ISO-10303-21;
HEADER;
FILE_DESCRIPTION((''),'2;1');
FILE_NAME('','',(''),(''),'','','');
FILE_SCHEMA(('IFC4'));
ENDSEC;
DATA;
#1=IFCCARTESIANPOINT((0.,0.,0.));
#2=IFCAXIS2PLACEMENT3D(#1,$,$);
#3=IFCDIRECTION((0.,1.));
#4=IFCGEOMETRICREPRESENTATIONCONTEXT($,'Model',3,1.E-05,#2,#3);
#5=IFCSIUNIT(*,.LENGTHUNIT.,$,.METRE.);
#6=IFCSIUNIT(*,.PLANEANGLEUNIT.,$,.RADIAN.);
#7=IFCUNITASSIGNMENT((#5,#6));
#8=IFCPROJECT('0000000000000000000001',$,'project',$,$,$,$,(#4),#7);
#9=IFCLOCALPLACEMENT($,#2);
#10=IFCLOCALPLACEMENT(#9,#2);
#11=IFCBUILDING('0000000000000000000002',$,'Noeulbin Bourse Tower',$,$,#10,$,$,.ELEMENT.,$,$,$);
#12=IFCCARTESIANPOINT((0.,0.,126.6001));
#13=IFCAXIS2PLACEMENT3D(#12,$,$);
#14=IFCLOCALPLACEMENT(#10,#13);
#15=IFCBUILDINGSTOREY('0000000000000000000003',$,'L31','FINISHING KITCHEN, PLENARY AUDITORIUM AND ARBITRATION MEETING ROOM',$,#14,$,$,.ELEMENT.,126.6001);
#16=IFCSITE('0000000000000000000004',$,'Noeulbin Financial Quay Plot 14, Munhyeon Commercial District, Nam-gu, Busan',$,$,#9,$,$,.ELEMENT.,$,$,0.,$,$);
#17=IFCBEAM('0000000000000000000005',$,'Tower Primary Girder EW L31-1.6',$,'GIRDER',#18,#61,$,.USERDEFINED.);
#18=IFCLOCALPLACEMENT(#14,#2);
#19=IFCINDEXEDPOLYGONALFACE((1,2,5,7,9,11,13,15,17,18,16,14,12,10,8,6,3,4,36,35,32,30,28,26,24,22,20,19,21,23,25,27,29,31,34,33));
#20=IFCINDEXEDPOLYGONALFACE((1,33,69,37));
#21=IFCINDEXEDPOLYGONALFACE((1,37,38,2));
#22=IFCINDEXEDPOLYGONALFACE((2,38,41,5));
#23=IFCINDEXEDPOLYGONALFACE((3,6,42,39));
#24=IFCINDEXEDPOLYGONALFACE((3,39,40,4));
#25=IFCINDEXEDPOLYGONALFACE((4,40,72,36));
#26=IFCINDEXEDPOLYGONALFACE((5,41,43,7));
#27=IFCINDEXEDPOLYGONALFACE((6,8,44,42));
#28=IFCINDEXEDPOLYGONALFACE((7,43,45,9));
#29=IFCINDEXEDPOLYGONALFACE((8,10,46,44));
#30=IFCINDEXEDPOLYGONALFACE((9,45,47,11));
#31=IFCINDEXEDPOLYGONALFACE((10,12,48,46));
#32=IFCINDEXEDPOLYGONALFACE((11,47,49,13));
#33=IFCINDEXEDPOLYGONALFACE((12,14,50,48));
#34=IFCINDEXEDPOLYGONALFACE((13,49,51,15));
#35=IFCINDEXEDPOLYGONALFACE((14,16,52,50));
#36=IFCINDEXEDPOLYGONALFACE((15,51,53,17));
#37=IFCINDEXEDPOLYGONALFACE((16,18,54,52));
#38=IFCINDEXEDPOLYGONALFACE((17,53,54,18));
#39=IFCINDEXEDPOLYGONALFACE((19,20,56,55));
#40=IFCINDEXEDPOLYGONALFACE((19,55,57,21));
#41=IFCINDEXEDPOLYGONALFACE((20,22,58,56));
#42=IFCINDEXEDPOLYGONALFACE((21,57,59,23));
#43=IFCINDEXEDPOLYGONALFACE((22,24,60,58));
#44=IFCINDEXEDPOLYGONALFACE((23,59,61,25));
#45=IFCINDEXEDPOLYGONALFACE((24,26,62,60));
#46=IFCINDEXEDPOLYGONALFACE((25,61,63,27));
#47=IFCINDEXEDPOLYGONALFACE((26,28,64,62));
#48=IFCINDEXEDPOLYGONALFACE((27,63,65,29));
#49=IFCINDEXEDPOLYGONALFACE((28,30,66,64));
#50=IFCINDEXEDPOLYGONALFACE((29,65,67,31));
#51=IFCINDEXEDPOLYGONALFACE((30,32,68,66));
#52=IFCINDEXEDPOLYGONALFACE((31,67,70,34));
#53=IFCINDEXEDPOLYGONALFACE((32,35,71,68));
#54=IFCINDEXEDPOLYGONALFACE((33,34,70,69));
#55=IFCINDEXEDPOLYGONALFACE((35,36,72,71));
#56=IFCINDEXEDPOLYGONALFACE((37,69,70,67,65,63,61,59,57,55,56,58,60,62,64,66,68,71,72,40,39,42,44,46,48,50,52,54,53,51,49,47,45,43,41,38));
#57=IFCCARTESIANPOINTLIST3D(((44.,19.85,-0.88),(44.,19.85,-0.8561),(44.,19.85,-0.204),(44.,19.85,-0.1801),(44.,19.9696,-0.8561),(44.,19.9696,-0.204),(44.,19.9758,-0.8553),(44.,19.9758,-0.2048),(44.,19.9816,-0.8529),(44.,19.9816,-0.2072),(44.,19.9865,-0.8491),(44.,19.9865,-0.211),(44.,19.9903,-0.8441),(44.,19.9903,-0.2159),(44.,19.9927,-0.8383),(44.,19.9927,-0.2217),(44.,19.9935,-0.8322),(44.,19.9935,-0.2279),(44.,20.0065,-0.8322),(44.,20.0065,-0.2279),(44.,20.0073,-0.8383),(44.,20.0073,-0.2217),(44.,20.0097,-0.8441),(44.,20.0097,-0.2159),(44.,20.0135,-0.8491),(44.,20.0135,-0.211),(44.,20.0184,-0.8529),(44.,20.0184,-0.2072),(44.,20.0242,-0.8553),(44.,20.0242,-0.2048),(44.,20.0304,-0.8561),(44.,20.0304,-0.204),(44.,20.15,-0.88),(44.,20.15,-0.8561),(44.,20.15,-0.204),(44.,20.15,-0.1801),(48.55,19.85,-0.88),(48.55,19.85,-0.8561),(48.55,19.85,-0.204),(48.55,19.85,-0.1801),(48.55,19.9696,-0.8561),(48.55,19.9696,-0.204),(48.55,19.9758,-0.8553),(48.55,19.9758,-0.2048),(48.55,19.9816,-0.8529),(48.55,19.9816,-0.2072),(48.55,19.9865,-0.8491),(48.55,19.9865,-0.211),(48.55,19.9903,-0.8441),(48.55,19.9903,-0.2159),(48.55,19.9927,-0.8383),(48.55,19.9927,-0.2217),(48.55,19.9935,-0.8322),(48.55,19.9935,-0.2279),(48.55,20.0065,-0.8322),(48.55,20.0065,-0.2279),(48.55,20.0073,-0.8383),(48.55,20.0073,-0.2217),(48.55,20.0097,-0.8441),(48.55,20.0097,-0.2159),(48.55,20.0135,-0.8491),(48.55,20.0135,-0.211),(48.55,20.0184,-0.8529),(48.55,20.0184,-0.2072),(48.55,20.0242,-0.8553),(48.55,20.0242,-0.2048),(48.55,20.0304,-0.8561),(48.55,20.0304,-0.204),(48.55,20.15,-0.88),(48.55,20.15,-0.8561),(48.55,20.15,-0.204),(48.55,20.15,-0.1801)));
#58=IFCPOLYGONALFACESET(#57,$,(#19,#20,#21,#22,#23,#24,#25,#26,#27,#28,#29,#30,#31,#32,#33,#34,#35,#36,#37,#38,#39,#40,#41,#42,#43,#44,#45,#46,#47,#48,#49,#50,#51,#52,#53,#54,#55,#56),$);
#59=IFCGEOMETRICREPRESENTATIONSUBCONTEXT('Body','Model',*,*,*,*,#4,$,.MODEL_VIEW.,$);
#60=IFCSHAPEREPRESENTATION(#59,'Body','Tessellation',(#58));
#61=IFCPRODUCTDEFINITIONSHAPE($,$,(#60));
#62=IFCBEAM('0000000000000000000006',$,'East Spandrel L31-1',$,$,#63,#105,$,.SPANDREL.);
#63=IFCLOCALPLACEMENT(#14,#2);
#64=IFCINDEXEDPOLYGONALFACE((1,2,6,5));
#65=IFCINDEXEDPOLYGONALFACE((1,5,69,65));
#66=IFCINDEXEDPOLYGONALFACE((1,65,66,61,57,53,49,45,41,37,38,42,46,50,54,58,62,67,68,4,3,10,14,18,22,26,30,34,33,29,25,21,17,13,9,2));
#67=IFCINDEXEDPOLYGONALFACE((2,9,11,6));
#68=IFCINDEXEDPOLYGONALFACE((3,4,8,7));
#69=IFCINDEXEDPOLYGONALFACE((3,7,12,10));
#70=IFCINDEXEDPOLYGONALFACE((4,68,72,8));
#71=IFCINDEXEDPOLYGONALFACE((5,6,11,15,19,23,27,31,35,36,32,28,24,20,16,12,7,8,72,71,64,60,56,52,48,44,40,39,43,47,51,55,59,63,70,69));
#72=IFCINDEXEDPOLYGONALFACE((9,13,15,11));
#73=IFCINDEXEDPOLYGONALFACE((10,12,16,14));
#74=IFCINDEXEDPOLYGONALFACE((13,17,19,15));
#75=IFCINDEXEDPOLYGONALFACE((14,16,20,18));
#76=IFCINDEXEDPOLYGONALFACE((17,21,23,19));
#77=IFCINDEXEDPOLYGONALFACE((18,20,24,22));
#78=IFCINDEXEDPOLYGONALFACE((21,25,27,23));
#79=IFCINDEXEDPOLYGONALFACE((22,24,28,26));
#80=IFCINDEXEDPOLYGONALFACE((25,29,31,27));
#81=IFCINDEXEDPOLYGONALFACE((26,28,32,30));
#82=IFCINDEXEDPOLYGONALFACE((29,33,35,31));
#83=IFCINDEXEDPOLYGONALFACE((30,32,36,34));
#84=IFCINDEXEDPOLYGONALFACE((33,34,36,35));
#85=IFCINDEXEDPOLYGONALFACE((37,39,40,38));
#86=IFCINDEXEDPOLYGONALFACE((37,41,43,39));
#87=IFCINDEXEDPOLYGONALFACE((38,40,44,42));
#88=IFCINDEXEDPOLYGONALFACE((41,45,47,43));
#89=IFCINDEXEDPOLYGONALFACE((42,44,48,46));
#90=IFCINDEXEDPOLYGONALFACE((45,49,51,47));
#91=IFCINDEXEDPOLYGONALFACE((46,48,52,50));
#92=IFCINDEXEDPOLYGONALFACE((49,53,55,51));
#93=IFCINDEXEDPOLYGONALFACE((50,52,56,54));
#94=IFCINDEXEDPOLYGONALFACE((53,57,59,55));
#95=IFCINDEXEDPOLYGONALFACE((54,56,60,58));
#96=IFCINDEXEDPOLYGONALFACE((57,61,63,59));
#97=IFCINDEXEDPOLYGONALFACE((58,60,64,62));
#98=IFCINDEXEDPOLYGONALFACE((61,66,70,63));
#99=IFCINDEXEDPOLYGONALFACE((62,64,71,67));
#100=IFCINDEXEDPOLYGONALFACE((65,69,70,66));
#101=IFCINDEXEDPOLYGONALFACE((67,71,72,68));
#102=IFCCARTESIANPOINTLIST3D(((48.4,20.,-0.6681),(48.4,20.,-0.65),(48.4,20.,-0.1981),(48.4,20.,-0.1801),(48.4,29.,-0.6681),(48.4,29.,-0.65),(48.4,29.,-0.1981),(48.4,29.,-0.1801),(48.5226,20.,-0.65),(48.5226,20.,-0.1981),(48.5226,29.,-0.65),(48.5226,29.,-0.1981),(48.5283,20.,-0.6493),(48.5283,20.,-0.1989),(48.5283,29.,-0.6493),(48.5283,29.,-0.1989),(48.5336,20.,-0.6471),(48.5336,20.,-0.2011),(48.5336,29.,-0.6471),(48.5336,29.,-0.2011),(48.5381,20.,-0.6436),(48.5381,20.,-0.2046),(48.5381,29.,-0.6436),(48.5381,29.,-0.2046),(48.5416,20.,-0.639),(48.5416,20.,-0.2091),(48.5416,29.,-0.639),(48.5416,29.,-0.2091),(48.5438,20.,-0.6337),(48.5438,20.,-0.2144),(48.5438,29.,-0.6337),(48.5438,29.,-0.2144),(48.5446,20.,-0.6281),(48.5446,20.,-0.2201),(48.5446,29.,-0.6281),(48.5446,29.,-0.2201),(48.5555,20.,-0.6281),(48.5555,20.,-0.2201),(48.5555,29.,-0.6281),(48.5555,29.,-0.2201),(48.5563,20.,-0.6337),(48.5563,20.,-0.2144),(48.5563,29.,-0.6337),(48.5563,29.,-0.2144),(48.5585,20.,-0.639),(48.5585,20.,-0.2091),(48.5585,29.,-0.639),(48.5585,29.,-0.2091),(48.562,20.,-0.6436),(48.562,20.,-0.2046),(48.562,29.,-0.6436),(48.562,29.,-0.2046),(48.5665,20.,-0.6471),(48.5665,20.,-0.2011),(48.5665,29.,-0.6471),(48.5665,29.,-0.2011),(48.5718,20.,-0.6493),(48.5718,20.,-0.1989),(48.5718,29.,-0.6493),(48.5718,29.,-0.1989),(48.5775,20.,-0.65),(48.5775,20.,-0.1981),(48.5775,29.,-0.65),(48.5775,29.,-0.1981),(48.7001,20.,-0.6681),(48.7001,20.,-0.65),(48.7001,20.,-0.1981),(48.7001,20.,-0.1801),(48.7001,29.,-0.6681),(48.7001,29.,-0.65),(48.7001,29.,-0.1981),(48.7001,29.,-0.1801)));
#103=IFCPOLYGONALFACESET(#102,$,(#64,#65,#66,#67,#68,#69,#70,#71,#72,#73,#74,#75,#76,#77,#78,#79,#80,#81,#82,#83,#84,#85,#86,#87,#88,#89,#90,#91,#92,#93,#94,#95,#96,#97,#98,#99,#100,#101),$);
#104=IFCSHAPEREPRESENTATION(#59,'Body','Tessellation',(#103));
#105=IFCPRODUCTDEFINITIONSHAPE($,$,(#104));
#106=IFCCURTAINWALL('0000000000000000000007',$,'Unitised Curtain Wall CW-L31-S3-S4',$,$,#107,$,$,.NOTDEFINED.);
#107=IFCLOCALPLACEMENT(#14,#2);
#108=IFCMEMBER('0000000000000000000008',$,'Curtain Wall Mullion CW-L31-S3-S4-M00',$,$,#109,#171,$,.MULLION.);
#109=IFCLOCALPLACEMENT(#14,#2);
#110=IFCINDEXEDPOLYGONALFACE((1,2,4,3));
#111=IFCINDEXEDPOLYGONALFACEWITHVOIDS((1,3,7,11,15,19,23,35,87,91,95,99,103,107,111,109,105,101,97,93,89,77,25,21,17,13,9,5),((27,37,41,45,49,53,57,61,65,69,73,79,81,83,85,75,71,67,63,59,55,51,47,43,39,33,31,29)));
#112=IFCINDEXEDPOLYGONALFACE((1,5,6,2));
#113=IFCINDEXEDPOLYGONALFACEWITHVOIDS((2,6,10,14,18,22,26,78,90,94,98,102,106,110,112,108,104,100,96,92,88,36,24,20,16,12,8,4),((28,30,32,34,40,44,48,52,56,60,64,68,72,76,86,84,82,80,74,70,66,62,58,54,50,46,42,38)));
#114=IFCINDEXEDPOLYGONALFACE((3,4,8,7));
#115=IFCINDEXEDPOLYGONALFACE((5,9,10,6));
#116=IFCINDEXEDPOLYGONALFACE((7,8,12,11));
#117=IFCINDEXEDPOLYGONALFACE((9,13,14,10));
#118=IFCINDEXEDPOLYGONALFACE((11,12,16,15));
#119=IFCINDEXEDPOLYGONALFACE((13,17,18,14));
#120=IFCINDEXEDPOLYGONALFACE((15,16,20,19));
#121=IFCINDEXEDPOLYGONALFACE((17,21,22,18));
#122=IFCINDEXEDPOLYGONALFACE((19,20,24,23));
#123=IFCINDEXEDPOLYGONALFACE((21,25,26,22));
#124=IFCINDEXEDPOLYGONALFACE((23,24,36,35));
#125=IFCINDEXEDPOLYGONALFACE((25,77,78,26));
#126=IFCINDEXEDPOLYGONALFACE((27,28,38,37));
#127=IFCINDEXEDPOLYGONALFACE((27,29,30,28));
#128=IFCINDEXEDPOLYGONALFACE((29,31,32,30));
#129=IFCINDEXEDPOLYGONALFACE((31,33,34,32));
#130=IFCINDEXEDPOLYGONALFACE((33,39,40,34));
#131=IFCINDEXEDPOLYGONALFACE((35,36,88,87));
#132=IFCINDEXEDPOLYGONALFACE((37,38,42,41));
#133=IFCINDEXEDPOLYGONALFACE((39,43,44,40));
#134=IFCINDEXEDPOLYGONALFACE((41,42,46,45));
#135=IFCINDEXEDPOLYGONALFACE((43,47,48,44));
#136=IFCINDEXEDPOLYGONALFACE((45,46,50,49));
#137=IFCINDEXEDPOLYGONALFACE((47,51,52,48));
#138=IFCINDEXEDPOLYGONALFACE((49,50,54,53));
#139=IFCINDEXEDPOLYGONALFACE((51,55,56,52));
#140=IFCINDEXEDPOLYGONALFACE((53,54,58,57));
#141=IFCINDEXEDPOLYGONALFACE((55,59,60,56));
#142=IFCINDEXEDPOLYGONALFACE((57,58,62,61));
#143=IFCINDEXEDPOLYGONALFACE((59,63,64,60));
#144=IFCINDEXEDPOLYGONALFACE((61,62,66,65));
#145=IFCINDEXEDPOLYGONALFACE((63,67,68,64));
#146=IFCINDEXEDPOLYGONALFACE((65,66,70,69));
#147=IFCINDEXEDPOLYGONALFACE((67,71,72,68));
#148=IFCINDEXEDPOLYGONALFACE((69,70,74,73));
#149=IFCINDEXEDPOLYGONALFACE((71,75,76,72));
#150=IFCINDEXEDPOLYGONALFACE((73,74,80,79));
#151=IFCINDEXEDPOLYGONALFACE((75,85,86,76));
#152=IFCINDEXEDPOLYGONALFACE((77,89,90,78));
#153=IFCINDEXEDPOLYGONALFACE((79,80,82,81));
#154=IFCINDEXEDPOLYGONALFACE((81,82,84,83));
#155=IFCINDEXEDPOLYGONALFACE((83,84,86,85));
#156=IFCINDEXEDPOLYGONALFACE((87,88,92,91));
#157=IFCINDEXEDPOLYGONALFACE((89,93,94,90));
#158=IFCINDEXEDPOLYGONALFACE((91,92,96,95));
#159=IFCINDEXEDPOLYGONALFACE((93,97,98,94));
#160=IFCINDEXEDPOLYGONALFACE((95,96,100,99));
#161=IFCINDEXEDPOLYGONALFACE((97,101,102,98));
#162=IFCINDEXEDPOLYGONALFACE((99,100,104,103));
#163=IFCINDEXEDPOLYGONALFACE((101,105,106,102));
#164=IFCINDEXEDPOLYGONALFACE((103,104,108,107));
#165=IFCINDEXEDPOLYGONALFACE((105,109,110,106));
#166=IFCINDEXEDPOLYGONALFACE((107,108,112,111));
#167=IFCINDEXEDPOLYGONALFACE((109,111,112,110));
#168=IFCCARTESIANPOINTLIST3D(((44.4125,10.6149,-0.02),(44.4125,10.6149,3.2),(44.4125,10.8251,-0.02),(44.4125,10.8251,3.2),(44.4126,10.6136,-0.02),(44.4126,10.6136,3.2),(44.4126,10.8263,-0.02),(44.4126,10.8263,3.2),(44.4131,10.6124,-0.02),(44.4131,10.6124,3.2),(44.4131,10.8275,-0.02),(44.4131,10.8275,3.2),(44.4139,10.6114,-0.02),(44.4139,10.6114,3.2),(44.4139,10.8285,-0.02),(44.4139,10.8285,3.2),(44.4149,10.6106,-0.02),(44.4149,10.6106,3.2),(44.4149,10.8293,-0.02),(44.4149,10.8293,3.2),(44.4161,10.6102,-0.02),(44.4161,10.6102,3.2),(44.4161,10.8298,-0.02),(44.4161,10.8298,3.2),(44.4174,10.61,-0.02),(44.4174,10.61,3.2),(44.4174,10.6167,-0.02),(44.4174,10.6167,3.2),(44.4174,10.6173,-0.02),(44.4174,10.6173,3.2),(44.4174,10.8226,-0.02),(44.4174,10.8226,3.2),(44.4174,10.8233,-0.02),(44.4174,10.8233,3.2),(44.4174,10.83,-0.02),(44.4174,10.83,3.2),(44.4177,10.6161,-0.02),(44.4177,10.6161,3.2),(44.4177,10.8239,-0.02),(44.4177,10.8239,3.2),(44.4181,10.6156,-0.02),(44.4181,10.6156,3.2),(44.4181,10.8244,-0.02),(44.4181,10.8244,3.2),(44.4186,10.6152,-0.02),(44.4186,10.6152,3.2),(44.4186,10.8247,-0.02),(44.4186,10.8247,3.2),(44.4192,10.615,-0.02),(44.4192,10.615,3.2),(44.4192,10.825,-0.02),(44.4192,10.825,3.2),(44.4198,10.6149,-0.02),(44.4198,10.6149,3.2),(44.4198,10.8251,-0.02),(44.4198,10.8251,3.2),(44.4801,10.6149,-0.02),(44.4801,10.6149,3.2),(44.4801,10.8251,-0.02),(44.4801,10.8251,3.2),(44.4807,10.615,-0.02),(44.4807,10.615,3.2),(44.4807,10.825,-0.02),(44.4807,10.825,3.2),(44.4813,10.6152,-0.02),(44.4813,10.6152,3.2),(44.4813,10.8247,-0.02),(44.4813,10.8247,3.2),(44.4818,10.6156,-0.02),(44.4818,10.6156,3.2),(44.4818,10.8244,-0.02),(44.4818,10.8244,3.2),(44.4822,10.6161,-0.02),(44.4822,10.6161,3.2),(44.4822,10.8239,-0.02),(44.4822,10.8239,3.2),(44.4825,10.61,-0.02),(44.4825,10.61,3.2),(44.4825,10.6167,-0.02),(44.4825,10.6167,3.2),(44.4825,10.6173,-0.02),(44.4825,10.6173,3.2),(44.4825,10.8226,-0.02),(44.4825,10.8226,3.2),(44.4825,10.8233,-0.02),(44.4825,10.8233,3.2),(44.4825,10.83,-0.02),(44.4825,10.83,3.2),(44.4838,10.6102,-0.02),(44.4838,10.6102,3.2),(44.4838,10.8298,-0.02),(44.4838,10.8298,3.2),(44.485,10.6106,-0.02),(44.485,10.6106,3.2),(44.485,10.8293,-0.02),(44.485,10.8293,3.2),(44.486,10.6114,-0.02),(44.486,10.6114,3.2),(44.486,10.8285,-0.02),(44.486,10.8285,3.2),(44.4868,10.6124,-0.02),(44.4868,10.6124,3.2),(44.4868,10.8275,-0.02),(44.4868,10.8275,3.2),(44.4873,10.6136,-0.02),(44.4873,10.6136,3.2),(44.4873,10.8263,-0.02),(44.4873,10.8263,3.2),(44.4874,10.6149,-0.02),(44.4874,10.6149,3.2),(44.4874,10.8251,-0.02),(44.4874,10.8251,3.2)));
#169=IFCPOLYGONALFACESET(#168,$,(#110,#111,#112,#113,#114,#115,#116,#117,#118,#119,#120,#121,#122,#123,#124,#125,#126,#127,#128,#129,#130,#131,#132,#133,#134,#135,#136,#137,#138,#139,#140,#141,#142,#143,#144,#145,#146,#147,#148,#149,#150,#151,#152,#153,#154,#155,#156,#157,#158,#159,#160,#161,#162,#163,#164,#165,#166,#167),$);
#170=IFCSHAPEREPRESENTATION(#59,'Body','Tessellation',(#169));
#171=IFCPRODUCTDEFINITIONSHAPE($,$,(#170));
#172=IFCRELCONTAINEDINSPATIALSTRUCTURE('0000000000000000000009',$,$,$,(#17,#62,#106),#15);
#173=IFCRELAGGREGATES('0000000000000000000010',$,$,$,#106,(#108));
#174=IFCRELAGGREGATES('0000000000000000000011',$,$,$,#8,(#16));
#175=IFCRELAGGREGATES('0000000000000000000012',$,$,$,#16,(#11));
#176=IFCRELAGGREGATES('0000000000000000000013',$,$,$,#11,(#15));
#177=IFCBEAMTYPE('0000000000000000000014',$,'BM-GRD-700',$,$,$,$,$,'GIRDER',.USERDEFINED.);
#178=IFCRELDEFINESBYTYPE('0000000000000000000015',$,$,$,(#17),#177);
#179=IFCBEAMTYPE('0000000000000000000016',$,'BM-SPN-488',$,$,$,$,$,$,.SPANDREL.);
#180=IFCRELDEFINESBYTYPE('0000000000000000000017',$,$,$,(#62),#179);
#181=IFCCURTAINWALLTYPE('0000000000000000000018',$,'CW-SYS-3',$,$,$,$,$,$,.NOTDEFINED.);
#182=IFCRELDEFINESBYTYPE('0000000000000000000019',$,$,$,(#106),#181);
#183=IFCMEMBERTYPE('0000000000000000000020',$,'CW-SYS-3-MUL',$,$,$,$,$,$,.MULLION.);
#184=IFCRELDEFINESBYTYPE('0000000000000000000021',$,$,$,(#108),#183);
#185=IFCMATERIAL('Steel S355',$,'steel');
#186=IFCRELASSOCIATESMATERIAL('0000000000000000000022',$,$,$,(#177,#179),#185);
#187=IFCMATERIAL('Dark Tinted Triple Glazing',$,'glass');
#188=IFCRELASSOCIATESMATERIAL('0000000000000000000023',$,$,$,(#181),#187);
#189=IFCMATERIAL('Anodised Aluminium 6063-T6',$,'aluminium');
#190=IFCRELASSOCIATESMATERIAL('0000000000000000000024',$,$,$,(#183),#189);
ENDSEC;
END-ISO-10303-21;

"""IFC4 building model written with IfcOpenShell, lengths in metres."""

from ifc_helpers import new_model, si_unit, direction, frame, origin, origin_2d, place, context, subcontext, project, spatial, hollow_rectangle, i_section, extrude, material, material_profile, profile_set, type_object, element, aggregate, save


model = new_model("IFC4")

# Units and contexts
model_context = context("Model", 3, precision=1e-05, world=origin(), true_north=direction((0.0, 1.0)))
body_context = subcontext(model_context, "Body", "Model", "MODEL_VIEW")
ifc_project = project(units=[si_unit("LENGTHUNIT", "METRE"), si_unit("PLANEANGLEUNIT", "RADIAN")], contexts=[model_context])

# Site, building, storey
site_placement = place(None, origin())
site = spatial("IfcSite", under=ifc_project, at=site_placement, Name="Noeulbin Financial Quay Plot 14, Munhyeon Commercial District, Nam-gu, Busan", CompositionType="ELEMENT", RefElevation=0.0)
building_placement = place(site_placement, origin())
building = spatial("IfcBuilding", under=site, at=building_placement, Name="Noeulbin Bourse Tower", CompositionType="ELEMENT")
storey_placement = place(building_placement, frame((0.0, 0.0, 126.6001)))
storey = spatial("IfcBuildingStorey", under=building, at=storey_placement, Name="L31", Description="FINISHING KITCHEN, PLENARY AUDITORIUM AND ARBITRATION MEETING ROOM", CompositionType="ELEMENT", Elevation=126.6001)

# Shared definitions
ifc_material_1 = material(Name="Steel S355", Category="steel")

# Beams
ifc_material_profile_1 = material_profile(ifc_material_1, i_section(OverallWidth=0.3, OverallDepth=0.7, WebThickness=0.0129, FlangeThickness=0.0239, FilletRadius=0.0239, at=origin_2d()), Name="H-700x300x13x24", Category="LoadBearing")
ifc_profile_set_1 = profile_set([ifc_material_profile_1], Name="Steel S355")
beam_type_1 = type_object("IfcBeamType", Name="BM-GRD-700", ElementType="GIRDER", PredefinedType="USERDEFINED", material=ifc_profile_set_1)
beam_1_placement = place(storey_placement, frame((44.0, 20.0, -0.53), z_axis=(1.0, 0.0, 0.0), x_axis=(0.0, 1.0, 0.0)))
element("IfcBeam", 1, at=beam_1_placement, inside=storey, type_object=beam_type_1, Name="Tower Primary Girder EW L31-1.6", ObjectType="GIRDER", PredefinedType="USERDEFINED", context=body_context, shape_type="SweptSolid", body=[
    extrude(i_section(OverallWidth=0.3, OverallDepth=0.7, WebThickness=0.0129, FlangeThickness=0.0239, FilletRadius=0.0239, at=origin_2d()), origin(), (0.0, 0.0, 1.0), 4.55),
])
ifc_material_profile_2 = material_profile(ifc_material_1, i_section(OverallWidth=0.3, OverallDepth=0.488, WebThickness=0.011, FlangeThickness=0.0181, FilletRadius=0.022, at=origin_2d()), Name="H-488x300x11x18", Category="LoadBearing")
ifc_profile_set_2 = profile_set([ifc_material_profile_2], Name="Steel S355")
beam_type_2 = type_object("IfcBeamType", Name="BM-SPN-488", PredefinedType="SPANDREL", material=ifc_profile_set_2)
beam_2_placement = place(storey_placement, frame((48.55, 20.0, -0.4241), z_axis=(0.0, 1.0, 0.0), x_axis=(-1.0, 0.0, 0.0)))
element("IfcBeam", 2, at=beam_2_placement, inside=storey, type_object=beam_type_2, Name="East Spandrel L31-1", PredefinedType="SPANDREL", context=body_context, shape_type="SweptSolid", body=[
    extrude(i_section(OverallWidth=0.3, OverallDepth=0.488, WebThickness=0.011, FlangeThickness=0.0181, FilletRadius=0.022, at=origin_2d()), origin(), (0.0, 0.0, 1.0), 9.0),
])

# Curtain wall, member
ifc_material_2 = material(Name="Dark Tinted Triple Glazing", Category="glass")
curtain_wall_type = type_object("IfcCurtainWallType", Name="CW-SYS-3", PredefinedType="NOTDEFINED", material=ifc_material_2)
curtain_wall_1_placement = place(storey_placement, origin())
curtain_wall_1 = element("IfcCurtainWall", 3, at=curtain_wall_1_placement, inside=storey, type_object=curtain_wall_type, Name="Unitised Curtain Wall CW-L31-S3-S4", PredefinedType="NOTDEFINED")
ifc_material_3 = material(Name="Anodised Aluminium 6063-T6", Category="aluminium")
ifc_material_profile_3 = material_profile(ifc_material_3, hollow_rectangle(XDim=0.075, YDim=0.22, WallThickness=0.0049, InnerFilletRadius=0.0024, OuterFilletRadius=0.0049, at=origin_2d()), Name="ALU-MULL-75x220x5", Category="LoadBearing")
ifc_profile_set_3 = profile_set([ifc_material_profile_3], Name="Anodised Aluminium 6063-T6")
member_type_1 = type_object("IfcMemberType", Name="CW-SYS-3-MUL", PredefinedType="MULLION", material=ifc_profile_set_3)
member_1_placement = place(storey_placement, frame((44.45, 10.72, -0.02), z_axis=(0.0, 0.0, 1.0), x_axis=(1.0, 0.0, 0.0)))
member_1 = element("IfcMember", 4, at=member_1_placement, type_object=member_type_1, Name="Curtain Wall Mullion CW-L31-S3-S4-M00", PredefinedType="MULLION", context=body_context, shape_type="SweptSolid", body=[
    extrude(hollow_rectangle(XDim=0.075, YDim=0.22, WallThickness=0.0049, InnerFilletRadius=0.0024, OuterFilletRadius=0.0049, at=origin_2d()), origin(), (0.0, 0.0, 1.0), 3.22),
])

aggregate(curtain_wall_1, [member_1])

save(model, "model.ifc")
